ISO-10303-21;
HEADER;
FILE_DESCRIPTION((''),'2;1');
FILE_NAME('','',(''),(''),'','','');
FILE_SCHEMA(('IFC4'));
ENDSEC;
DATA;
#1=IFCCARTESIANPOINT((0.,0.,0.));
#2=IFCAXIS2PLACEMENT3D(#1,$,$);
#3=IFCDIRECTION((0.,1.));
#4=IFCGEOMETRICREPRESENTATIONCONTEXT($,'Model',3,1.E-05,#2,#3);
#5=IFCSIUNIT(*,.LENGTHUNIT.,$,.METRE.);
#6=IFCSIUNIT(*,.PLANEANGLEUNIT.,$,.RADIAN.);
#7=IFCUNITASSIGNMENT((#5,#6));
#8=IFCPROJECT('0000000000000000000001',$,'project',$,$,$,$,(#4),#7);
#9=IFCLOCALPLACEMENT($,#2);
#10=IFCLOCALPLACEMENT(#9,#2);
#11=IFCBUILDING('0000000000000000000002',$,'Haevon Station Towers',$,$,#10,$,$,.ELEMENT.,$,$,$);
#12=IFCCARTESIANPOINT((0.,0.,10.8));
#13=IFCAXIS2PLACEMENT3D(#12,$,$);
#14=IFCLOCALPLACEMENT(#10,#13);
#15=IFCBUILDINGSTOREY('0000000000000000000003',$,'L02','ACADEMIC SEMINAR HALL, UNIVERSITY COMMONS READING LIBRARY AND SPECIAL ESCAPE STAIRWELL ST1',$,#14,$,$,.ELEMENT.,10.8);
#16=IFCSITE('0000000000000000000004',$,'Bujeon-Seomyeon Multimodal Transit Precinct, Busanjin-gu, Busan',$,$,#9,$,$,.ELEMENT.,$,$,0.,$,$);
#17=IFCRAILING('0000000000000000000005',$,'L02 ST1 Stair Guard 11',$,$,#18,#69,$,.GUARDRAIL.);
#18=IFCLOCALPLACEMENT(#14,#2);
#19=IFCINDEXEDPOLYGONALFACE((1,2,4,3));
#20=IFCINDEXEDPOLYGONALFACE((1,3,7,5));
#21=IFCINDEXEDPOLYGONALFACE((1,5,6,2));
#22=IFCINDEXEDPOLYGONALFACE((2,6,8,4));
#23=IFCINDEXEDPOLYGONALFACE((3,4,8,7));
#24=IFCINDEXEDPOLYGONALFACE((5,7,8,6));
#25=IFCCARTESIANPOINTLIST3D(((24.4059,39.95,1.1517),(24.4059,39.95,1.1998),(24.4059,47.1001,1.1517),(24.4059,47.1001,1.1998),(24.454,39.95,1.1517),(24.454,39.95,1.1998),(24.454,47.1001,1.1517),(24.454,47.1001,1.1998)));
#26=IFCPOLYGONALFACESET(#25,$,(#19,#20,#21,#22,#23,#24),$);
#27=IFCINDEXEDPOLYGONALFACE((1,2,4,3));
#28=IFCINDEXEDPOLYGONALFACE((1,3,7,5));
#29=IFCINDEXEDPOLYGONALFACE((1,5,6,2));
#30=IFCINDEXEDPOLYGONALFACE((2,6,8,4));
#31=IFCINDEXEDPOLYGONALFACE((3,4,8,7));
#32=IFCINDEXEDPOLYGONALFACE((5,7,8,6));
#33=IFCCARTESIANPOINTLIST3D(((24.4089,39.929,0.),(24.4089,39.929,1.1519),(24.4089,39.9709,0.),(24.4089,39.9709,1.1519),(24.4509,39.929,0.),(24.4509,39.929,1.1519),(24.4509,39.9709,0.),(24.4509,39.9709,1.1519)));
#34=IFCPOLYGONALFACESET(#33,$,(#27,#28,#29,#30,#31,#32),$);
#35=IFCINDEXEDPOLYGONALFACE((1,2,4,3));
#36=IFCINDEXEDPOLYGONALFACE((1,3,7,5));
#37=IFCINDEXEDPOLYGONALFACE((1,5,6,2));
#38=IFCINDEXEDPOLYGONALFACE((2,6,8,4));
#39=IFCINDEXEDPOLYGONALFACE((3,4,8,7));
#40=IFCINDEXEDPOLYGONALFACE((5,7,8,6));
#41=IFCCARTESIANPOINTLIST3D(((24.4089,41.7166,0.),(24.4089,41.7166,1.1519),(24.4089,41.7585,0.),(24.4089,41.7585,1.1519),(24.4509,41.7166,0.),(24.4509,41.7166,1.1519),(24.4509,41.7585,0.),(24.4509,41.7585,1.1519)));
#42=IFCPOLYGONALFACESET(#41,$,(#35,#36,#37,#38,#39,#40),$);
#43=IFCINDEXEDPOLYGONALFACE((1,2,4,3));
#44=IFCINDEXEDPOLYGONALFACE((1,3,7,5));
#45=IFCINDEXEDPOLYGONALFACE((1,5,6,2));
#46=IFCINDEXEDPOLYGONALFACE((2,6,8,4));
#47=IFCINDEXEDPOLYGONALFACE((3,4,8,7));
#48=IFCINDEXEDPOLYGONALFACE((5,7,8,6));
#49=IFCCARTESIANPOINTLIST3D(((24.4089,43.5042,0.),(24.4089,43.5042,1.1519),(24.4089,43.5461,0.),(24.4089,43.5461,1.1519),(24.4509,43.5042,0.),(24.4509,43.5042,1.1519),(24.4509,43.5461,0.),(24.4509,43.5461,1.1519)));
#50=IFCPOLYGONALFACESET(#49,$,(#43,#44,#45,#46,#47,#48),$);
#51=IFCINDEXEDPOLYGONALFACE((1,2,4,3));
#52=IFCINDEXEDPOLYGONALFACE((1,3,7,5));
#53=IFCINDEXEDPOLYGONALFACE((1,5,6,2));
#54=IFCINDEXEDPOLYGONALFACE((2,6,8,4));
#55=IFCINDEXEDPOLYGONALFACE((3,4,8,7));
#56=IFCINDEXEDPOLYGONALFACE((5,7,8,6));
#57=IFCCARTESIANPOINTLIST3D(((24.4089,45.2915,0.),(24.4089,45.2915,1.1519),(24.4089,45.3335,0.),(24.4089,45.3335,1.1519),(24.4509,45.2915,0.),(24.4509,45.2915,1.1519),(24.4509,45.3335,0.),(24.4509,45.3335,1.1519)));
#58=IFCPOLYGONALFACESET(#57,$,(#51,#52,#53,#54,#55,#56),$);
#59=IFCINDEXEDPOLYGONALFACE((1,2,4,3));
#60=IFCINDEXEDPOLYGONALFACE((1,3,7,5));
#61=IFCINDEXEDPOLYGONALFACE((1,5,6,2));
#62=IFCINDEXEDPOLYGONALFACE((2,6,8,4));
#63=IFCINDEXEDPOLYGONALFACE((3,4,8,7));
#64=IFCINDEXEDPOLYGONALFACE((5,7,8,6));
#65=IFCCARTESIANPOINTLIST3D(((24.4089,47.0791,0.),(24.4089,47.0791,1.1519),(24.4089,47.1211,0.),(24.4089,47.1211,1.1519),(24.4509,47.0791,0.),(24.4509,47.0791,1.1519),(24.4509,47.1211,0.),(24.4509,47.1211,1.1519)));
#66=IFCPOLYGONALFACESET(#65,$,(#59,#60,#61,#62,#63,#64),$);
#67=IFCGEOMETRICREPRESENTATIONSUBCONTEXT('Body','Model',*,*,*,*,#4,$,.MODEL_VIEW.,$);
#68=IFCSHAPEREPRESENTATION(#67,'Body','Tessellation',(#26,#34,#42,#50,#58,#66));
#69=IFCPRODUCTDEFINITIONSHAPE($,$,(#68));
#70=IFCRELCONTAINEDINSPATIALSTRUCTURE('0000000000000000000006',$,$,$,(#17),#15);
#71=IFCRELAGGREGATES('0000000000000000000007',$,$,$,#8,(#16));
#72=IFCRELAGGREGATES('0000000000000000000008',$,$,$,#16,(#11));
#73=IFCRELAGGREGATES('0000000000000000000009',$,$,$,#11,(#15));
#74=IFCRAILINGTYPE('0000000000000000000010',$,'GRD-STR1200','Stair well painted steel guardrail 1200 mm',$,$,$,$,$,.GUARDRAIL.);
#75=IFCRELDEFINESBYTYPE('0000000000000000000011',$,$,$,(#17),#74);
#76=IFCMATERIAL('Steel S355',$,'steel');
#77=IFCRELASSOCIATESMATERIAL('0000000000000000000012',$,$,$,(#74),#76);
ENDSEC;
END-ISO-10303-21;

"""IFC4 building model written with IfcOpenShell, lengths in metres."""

from ifc_helpers import new_model, si_unit, direction, frame, origin, origin_2d, place, context, subcontext, project, spatial, rectangle, extrude, material, type_object, element, save


model = new_model("IFC4")

# Units and contexts
model_context = context("Model", 3, precision=1e-05, world=origin(), true_north=direction((0.0, 1.0)))
body_context = subcontext(model_context, "Body", "Model", "MODEL_VIEW")
ifc_project = project(units=[si_unit("LENGTHUNIT", "METRE"), si_unit("PLANEANGLEUNIT", "RADIAN")], contexts=[model_context])

# Site, building, storey
site_placement = place(None, origin())
site = spatial("IfcSite", under=ifc_project, at=site_placement, Name="Bujeon-Seomyeon Multimodal Transit Precinct, Busanjin-gu, Busan", CompositionType="ELEMENT", RefElevation=0.0)
building_placement = place(site_placement, origin())
building = spatial("IfcBuilding", under=site, at=building_placement, Name="Haevon Station Towers", CompositionType="ELEMENT")
storey_placement = place(building_placement, frame((0.0, 0.0, 10.8)))
storey = spatial("IfcBuildingStorey", under=building, at=storey_placement, Name="L02", Description="ACADEMIC SEMINAR HALL, UNIVERSITY COMMONS READING LIBRARY AND SPECIAL ESCAPE STAIRWELL ST1", CompositionType="ELEMENT", Elevation=10.8)

# Shared definitions
ifc_material_1 = material(Name="Steel S355", Category="steel")

# Railing
railing_type = type_object("IfcRailingType", Name="GRD-STR1200", Description="Stair well painted steel guardrail 1200 mm", PredefinedType="GUARDRAIL", material=ifc_material_1)
for number, where, name in (
    (1, (24.4299, 39.95, 0.0), "L02 ST1 Stair Guard 11"),
):
    element("IfcRailing", number, at=place(storey_placement, frame(where)), inside=storey, type_object=railing_type, Name=name, PredefinedType="GUARDRAIL", context=body_context, shape_type="SweptSolid", body=[
        extrude(rectangle(XDim=0.0481, YDim=0.0481, at=origin_2d()), frame((0.0, 0.0, 1.1758), z_axis=(0.0, 1.0, 0.0), x_axis=(-1.0, 0.0, 0.0)), (0.0, 0.0, 1.0), 7.1501),
        extrude(rectangle(XDim=0.042, YDim=0.042, at=origin_2d()), origin(), (0.0, 0.0, 1.0), 1.1519),
        extrude(rectangle(XDim=0.042, YDim=0.042, at=origin_2d()), frame((0.0, 1.7876, 0.0)), (0.0, 0.0, 1.0), 1.1519),
        extrude(rectangle(XDim=0.042, YDim=0.042, at=origin_2d()), frame((0.0, 3.5752, 0.0)), (0.0, 0.0, 1.0), 1.1519),
        extrude(rectangle(XDim=0.042, YDim=0.042, at=origin_2d()), frame((0.0, 5.3625, 0.0)), (0.0, 0.0, 1.0), 1.1519),
        extrude(rectangle(XDim=0.042, YDim=0.042, at=origin_2d()), frame((0.0, 7.1501, 0.0)), (0.0, 0.0, 1.0), 1.1519),
    ])

save(model, "model.ifc")
